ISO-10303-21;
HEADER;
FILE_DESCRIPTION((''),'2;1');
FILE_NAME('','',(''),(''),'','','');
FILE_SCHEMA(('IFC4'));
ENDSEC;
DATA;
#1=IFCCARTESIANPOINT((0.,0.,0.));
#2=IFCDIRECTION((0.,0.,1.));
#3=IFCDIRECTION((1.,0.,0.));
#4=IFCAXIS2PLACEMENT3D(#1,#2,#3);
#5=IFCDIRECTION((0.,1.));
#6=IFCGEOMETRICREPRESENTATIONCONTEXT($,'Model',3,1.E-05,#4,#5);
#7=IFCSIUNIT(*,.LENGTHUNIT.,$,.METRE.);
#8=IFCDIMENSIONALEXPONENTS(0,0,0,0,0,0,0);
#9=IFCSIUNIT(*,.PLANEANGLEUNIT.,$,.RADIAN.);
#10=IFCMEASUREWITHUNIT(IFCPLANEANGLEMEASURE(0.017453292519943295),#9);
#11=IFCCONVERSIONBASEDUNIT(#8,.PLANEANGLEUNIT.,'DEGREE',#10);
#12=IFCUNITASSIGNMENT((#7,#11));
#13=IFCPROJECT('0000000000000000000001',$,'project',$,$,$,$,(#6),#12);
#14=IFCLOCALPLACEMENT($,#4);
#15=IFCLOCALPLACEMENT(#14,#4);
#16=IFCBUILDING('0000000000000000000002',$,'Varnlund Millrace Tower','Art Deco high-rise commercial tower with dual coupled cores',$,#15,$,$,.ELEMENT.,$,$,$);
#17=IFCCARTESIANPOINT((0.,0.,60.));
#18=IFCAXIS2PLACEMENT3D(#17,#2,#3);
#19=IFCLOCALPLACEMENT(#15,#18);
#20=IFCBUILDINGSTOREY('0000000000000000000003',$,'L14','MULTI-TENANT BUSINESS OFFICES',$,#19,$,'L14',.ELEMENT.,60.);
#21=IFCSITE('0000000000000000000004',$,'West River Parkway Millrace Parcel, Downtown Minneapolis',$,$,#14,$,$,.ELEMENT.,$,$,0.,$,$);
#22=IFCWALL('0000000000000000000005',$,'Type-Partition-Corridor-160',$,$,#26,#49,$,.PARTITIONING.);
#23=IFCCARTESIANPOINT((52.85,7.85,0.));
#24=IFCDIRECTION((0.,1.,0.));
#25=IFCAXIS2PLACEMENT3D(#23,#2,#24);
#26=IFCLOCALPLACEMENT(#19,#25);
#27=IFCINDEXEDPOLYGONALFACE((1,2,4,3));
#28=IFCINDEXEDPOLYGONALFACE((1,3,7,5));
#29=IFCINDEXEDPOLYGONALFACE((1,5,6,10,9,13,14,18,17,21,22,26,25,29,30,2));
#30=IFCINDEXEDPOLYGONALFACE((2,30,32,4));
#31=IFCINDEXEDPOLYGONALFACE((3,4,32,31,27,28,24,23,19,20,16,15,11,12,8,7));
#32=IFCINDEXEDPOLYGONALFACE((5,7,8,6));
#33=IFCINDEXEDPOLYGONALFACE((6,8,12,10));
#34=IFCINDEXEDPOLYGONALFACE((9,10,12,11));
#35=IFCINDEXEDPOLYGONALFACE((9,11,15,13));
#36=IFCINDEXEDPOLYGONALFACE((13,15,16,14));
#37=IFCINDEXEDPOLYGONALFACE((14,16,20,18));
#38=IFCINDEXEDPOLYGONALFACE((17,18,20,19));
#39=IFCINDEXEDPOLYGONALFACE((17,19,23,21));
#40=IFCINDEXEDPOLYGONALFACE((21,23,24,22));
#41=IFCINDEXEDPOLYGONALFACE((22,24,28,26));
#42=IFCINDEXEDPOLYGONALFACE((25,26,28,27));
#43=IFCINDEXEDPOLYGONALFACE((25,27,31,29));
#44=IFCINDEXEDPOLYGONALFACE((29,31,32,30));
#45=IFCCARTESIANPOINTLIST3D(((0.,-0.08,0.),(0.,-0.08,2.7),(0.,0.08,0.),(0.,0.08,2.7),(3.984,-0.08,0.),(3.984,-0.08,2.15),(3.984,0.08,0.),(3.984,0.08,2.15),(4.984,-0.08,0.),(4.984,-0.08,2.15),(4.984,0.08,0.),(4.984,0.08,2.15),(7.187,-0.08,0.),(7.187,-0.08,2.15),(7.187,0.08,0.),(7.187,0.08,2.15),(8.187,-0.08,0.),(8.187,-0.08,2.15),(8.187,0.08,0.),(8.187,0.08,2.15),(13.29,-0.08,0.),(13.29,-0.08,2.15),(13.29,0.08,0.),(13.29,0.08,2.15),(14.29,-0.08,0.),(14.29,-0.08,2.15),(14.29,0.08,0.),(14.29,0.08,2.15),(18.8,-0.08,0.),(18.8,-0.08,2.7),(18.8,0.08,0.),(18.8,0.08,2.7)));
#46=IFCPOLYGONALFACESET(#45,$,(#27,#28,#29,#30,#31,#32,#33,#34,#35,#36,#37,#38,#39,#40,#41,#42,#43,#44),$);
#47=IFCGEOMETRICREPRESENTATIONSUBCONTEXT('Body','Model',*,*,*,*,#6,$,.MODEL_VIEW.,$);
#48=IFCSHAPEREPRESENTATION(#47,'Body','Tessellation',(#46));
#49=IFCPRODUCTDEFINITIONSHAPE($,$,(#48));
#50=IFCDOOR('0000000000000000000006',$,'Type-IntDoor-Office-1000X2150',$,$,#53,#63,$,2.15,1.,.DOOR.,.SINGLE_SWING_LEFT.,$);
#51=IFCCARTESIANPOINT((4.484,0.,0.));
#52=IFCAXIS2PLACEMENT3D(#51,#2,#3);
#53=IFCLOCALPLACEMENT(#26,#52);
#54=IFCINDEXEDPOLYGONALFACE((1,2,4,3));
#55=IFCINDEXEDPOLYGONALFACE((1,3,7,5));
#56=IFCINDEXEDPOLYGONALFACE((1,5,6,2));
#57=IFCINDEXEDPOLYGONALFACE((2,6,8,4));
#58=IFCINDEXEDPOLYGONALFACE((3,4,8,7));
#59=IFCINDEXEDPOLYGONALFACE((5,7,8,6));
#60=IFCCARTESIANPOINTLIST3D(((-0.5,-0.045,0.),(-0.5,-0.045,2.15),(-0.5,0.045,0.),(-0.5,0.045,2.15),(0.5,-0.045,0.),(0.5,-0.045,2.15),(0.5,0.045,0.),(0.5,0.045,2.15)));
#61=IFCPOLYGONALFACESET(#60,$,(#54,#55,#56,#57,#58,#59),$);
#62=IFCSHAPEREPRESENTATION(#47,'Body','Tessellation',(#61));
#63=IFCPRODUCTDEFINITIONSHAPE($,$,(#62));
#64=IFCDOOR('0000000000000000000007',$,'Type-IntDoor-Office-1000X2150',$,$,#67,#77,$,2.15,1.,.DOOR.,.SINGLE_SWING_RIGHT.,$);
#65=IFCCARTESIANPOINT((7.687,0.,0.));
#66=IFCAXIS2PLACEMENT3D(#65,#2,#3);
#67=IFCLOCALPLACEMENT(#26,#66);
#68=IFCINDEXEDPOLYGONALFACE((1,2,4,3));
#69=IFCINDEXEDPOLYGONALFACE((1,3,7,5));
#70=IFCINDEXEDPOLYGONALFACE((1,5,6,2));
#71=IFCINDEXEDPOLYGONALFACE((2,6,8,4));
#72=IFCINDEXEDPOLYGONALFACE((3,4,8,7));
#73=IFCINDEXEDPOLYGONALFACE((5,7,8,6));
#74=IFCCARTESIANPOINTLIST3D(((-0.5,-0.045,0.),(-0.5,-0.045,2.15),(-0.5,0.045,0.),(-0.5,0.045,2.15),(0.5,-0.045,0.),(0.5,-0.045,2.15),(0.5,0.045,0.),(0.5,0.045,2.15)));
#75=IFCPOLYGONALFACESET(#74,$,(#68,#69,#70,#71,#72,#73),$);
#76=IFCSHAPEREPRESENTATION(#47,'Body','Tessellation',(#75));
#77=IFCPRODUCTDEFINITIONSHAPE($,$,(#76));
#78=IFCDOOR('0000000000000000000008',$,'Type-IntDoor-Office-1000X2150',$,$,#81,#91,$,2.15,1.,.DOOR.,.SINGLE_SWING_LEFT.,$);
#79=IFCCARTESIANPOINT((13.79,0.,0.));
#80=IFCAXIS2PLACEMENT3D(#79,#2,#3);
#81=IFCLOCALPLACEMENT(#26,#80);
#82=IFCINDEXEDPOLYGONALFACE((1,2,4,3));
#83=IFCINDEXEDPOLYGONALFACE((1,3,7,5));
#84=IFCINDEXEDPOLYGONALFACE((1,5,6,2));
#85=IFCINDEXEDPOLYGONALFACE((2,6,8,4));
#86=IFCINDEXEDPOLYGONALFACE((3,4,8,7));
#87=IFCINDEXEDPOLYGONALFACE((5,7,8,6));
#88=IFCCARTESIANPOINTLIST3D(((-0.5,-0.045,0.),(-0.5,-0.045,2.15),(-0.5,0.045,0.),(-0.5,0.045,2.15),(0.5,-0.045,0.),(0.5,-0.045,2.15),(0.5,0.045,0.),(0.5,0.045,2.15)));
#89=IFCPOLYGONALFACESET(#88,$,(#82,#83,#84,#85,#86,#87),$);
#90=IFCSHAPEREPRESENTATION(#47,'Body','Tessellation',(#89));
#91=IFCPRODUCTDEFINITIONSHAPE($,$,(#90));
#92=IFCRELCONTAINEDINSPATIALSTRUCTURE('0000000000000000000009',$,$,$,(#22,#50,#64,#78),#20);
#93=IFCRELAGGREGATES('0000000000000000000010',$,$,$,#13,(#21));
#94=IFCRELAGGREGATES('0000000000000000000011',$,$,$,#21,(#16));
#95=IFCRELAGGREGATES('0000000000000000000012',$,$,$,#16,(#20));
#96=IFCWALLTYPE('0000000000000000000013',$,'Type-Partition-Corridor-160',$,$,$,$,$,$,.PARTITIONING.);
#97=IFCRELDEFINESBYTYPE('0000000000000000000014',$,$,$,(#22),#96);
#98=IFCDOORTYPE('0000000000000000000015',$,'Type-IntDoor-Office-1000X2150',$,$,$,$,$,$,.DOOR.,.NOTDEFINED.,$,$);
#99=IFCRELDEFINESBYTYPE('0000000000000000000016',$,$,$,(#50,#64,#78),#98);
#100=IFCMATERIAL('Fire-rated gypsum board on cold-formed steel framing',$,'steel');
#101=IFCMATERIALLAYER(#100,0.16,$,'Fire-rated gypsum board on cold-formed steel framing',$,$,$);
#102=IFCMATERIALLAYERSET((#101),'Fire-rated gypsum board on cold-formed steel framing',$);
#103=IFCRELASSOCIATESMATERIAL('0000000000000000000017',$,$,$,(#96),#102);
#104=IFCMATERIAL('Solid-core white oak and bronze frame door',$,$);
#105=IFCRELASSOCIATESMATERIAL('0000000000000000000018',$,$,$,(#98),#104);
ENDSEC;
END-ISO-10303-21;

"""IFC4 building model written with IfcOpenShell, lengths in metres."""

from ifc_helpers import new_model, entity, si_unit, converted_unit, direction, frame, origin_with_axes, origin_2d_with_axis, place, context, subcontext, project, spatial, polyline, rectangle, outline, extrude, material, layer, layer_set, type_object, element, fill, save


model = new_model("IFC4")

# Units and contexts
model_context = context("Model", 3, precision=1e-05, world=origin_with_axes(), true_north=direction((0.0, 1.0)))
body_context = subcontext(model_context, "Body", "Model", "MODEL_VIEW")
ifc_project = project(units=[si_unit("LENGTHUNIT", "METRE"), converted_unit("PLANEANGLEUNIT", "DEGREE", entity("IfcPlaneAngleMeasure", 0.017453292519943295), si_unit("PLANEANGLEUNIT", "RADIAN"), dimensions=[0, 0, 0, 0, 0, 0, 0])], contexts=[model_context])

# Site, building, storey
site_placement = place(None, origin_with_axes())
site = spatial("IfcSite", under=ifc_project, at=site_placement, Name="West River Parkway Millrace Parcel, Downtown Minneapolis", CompositionType="ELEMENT", RefElevation=0.0)
building_placement = place(site_placement, origin_with_axes())
building = spatial("IfcBuilding", under=site, at=building_placement, Name="Varnlund Millrace Tower", Description="Art Deco high-rise commercial tower with dual coupled cores", CompositionType="ELEMENT")
storey_placement = place(building_placement, frame((0.0, 0.0, 60.0), z_axis=(0.0, 0.0, 1.0), x_axis=(1.0, 0.0, 0.0)))
storey = spatial("IfcBuildingStorey", under=building, at=storey_placement, Name="L14", Description="MULTI-TENANT BUSINESS OFFICES", LongName="L14", CompositionType="ELEMENT", Elevation=60.0)

# Wall, openings, doors
ifc_material_1 = material(Name="Fire-rated gypsum board on cold-formed steel framing", Category="steel")
ifc_layer_1 = layer(ifc_material_1, 0.16, Name="Fire-rated gypsum board on cold-formed steel framing")
ifc_layer_set_1 = layer_set([ifc_layer_1], Name="Fire-rated gypsum board on cold-formed steel framing")
wall_type_1 = type_object("IfcWallType", Name="Type-Partition-Corridor-160", PredefinedType="PARTITIONING", material=ifc_layer_set_1)
wall_1_placement = place(storey_placement, frame((52.85, 7.85, 0.0), z_axis=(0.0, 0.0, 1.0), x_axis=(0.0, 1.0, 0.0)))
wall_1 = element("IfcWall", 1, at=wall_1_placement, inside=storey, type_object=wall_type_1, Name="Type-Partition-Corridor-160", PredefinedType="PARTITIONING", context=body_context, shape_type="SweptSolid", body=[
    extrude(outline(polyline([(0.0, -0.08), (18.8, -0.08), (18.8, 0.08), (0.0, 0.08), (0.0, -0.08)])), origin_with_axes(), (0.0, 0.0, 1.0), 2.7),
])
opening_1_placement = place(wall_1_placement, frame((4.484, 0.0, 0.0), z_axis=(0.0, 0.0, 1.0), x_axis=(1.0, 0.0, 0.0)))
opening_1 = element("IfcOpeningElement", 2, at=opening_1_placement, cuts=wall_1, PredefinedType="OPENING", context=body_context, shape_type="SweptSolid", body=[
    extrude(rectangle(XDim=1.0, YDim=0.18, at=origin_2d_with_axis()), origin_with_axes(), (0.0, 0.0, 1.0), 2.15),
])
opening_2_placement = place(wall_1_placement, frame((7.687, 0.0, 0.0), z_axis=(0.0, 0.0, 1.0), x_axis=(1.0, 0.0, 0.0)))
opening_2 = element("IfcOpeningElement", 3, at=opening_2_placement, cuts=wall_1, PredefinedType="OPENING", context=body_context, shape_type="SweptSolid", body=[
    extrude(rectangle(XDim=1.0, YDim=0.18, at=origin_2d_with_axis()), origin_with_axes(), (0.0, 0.0, 1.0), 2.15),
])
opening_3_placement = place(wall_1_placement, frame((13.79, 0.0, 0.0), z_axis=(0.0, 0.0, 1.0), x_axis=(1.0, 0.0, 0.0)))
opening_3 = element("IfcOpeningElement", 4, at=opening_3_placement, cuts=wall_1, PredefinedType="OPENING", context=body_context, shape_type="SweptSolid", body=[
    extrude(rectangle(XDim=1.0, YDim=0.18, at=origin_2d_with_axis()), origin_with_axes(), (0.0, 0.0, 1.0), 2.15),
])
ifc_material_2 = material(Name="Solid-core white oak and bronze frame door")
door_type = type_object("IfcDoorType", Name="Type-IntDoor-Office-1000X2150", OperationType="NOTDEFINED", PredefinedType="DOOR", material=ifc_material_2)
door_1_placement = place(wall_1_placement, frame((4.484, 0.0, 0.0), z_axis=(0.0, 0.0, 1.0), x_axis=(1.0, 0.0, 0.0)))
door_1 = element("IfcDoor", 5, at=door_1_placement, inside=storey, type_object=door_type, Name="Type-IntDoor-Office-1000X2150", OperationType="SINGLE_SWING_LEFT", OverallHeight=2.15, OverallWidth=1.0, PredefinedType="DOOR", context=body_context, shape_type="SweptSolid", body=[
    extrude(rectangle(XDim=1.0, YDim=0.09, at=origin_2d_with_axis()), origin_with_axes(), (0.0, 0.0, 1.0), 2.15),
])
fill(opening_1, door_1)
door_2_placement = place(wall_1_placement, frame((7.687, 0.0, 0.0), z_axis=(0.0, 0.0, 1.0), x_axis=(1.0, 0.0, 0.0)))
door_2 = element("IfcDoor", 6, at=door_2_placement, inside=storey, type_object=door_type, Name="Type-IntDoor-Office-1000X2150", OperationType="SINGLE_SWING_RIGHT", OverallHeight=2.15, OverallWidth=1.0, PredefinedType="DOOR", context=body_context, shape_type="SweptSolid", body=[
    extrude(rectangle(XDim=1.0, YDim=0.09, at=origin_2d_with_axis()), origin_with_axes(), (0.0, 0.0, 1.0), 2.15),
])
fill(opening_2, door_2)
door_3_placement = place(wall_1_placement, frame((13.79, 0.0, 0.0), z_axis=(0.0, 0.0, 1.0), x_axis=(1.0, 0.0, 0.0)))
door_3 = element("IfcDoor", 7, at=door_3_placement, inside=storey, type_object=door_type, Name="Type-IntDoor-Office-1000X2150", OperationType="SINGLE_SWING_LEFT", OverallHeight=2.15, OverallWidth=1.0, PredefinedType="DOOR", context=body_context, shape_type="SweptSolid", body=[
    extrude(rectangle(XDim=1.0, YDim=0.09, at=origin_2d_with_axis()), origin_with_axes(), (0.0, 0.0, 1.0), 2.15),
])
fill(opening_3, door_3)

save(model, "model.ifc")
